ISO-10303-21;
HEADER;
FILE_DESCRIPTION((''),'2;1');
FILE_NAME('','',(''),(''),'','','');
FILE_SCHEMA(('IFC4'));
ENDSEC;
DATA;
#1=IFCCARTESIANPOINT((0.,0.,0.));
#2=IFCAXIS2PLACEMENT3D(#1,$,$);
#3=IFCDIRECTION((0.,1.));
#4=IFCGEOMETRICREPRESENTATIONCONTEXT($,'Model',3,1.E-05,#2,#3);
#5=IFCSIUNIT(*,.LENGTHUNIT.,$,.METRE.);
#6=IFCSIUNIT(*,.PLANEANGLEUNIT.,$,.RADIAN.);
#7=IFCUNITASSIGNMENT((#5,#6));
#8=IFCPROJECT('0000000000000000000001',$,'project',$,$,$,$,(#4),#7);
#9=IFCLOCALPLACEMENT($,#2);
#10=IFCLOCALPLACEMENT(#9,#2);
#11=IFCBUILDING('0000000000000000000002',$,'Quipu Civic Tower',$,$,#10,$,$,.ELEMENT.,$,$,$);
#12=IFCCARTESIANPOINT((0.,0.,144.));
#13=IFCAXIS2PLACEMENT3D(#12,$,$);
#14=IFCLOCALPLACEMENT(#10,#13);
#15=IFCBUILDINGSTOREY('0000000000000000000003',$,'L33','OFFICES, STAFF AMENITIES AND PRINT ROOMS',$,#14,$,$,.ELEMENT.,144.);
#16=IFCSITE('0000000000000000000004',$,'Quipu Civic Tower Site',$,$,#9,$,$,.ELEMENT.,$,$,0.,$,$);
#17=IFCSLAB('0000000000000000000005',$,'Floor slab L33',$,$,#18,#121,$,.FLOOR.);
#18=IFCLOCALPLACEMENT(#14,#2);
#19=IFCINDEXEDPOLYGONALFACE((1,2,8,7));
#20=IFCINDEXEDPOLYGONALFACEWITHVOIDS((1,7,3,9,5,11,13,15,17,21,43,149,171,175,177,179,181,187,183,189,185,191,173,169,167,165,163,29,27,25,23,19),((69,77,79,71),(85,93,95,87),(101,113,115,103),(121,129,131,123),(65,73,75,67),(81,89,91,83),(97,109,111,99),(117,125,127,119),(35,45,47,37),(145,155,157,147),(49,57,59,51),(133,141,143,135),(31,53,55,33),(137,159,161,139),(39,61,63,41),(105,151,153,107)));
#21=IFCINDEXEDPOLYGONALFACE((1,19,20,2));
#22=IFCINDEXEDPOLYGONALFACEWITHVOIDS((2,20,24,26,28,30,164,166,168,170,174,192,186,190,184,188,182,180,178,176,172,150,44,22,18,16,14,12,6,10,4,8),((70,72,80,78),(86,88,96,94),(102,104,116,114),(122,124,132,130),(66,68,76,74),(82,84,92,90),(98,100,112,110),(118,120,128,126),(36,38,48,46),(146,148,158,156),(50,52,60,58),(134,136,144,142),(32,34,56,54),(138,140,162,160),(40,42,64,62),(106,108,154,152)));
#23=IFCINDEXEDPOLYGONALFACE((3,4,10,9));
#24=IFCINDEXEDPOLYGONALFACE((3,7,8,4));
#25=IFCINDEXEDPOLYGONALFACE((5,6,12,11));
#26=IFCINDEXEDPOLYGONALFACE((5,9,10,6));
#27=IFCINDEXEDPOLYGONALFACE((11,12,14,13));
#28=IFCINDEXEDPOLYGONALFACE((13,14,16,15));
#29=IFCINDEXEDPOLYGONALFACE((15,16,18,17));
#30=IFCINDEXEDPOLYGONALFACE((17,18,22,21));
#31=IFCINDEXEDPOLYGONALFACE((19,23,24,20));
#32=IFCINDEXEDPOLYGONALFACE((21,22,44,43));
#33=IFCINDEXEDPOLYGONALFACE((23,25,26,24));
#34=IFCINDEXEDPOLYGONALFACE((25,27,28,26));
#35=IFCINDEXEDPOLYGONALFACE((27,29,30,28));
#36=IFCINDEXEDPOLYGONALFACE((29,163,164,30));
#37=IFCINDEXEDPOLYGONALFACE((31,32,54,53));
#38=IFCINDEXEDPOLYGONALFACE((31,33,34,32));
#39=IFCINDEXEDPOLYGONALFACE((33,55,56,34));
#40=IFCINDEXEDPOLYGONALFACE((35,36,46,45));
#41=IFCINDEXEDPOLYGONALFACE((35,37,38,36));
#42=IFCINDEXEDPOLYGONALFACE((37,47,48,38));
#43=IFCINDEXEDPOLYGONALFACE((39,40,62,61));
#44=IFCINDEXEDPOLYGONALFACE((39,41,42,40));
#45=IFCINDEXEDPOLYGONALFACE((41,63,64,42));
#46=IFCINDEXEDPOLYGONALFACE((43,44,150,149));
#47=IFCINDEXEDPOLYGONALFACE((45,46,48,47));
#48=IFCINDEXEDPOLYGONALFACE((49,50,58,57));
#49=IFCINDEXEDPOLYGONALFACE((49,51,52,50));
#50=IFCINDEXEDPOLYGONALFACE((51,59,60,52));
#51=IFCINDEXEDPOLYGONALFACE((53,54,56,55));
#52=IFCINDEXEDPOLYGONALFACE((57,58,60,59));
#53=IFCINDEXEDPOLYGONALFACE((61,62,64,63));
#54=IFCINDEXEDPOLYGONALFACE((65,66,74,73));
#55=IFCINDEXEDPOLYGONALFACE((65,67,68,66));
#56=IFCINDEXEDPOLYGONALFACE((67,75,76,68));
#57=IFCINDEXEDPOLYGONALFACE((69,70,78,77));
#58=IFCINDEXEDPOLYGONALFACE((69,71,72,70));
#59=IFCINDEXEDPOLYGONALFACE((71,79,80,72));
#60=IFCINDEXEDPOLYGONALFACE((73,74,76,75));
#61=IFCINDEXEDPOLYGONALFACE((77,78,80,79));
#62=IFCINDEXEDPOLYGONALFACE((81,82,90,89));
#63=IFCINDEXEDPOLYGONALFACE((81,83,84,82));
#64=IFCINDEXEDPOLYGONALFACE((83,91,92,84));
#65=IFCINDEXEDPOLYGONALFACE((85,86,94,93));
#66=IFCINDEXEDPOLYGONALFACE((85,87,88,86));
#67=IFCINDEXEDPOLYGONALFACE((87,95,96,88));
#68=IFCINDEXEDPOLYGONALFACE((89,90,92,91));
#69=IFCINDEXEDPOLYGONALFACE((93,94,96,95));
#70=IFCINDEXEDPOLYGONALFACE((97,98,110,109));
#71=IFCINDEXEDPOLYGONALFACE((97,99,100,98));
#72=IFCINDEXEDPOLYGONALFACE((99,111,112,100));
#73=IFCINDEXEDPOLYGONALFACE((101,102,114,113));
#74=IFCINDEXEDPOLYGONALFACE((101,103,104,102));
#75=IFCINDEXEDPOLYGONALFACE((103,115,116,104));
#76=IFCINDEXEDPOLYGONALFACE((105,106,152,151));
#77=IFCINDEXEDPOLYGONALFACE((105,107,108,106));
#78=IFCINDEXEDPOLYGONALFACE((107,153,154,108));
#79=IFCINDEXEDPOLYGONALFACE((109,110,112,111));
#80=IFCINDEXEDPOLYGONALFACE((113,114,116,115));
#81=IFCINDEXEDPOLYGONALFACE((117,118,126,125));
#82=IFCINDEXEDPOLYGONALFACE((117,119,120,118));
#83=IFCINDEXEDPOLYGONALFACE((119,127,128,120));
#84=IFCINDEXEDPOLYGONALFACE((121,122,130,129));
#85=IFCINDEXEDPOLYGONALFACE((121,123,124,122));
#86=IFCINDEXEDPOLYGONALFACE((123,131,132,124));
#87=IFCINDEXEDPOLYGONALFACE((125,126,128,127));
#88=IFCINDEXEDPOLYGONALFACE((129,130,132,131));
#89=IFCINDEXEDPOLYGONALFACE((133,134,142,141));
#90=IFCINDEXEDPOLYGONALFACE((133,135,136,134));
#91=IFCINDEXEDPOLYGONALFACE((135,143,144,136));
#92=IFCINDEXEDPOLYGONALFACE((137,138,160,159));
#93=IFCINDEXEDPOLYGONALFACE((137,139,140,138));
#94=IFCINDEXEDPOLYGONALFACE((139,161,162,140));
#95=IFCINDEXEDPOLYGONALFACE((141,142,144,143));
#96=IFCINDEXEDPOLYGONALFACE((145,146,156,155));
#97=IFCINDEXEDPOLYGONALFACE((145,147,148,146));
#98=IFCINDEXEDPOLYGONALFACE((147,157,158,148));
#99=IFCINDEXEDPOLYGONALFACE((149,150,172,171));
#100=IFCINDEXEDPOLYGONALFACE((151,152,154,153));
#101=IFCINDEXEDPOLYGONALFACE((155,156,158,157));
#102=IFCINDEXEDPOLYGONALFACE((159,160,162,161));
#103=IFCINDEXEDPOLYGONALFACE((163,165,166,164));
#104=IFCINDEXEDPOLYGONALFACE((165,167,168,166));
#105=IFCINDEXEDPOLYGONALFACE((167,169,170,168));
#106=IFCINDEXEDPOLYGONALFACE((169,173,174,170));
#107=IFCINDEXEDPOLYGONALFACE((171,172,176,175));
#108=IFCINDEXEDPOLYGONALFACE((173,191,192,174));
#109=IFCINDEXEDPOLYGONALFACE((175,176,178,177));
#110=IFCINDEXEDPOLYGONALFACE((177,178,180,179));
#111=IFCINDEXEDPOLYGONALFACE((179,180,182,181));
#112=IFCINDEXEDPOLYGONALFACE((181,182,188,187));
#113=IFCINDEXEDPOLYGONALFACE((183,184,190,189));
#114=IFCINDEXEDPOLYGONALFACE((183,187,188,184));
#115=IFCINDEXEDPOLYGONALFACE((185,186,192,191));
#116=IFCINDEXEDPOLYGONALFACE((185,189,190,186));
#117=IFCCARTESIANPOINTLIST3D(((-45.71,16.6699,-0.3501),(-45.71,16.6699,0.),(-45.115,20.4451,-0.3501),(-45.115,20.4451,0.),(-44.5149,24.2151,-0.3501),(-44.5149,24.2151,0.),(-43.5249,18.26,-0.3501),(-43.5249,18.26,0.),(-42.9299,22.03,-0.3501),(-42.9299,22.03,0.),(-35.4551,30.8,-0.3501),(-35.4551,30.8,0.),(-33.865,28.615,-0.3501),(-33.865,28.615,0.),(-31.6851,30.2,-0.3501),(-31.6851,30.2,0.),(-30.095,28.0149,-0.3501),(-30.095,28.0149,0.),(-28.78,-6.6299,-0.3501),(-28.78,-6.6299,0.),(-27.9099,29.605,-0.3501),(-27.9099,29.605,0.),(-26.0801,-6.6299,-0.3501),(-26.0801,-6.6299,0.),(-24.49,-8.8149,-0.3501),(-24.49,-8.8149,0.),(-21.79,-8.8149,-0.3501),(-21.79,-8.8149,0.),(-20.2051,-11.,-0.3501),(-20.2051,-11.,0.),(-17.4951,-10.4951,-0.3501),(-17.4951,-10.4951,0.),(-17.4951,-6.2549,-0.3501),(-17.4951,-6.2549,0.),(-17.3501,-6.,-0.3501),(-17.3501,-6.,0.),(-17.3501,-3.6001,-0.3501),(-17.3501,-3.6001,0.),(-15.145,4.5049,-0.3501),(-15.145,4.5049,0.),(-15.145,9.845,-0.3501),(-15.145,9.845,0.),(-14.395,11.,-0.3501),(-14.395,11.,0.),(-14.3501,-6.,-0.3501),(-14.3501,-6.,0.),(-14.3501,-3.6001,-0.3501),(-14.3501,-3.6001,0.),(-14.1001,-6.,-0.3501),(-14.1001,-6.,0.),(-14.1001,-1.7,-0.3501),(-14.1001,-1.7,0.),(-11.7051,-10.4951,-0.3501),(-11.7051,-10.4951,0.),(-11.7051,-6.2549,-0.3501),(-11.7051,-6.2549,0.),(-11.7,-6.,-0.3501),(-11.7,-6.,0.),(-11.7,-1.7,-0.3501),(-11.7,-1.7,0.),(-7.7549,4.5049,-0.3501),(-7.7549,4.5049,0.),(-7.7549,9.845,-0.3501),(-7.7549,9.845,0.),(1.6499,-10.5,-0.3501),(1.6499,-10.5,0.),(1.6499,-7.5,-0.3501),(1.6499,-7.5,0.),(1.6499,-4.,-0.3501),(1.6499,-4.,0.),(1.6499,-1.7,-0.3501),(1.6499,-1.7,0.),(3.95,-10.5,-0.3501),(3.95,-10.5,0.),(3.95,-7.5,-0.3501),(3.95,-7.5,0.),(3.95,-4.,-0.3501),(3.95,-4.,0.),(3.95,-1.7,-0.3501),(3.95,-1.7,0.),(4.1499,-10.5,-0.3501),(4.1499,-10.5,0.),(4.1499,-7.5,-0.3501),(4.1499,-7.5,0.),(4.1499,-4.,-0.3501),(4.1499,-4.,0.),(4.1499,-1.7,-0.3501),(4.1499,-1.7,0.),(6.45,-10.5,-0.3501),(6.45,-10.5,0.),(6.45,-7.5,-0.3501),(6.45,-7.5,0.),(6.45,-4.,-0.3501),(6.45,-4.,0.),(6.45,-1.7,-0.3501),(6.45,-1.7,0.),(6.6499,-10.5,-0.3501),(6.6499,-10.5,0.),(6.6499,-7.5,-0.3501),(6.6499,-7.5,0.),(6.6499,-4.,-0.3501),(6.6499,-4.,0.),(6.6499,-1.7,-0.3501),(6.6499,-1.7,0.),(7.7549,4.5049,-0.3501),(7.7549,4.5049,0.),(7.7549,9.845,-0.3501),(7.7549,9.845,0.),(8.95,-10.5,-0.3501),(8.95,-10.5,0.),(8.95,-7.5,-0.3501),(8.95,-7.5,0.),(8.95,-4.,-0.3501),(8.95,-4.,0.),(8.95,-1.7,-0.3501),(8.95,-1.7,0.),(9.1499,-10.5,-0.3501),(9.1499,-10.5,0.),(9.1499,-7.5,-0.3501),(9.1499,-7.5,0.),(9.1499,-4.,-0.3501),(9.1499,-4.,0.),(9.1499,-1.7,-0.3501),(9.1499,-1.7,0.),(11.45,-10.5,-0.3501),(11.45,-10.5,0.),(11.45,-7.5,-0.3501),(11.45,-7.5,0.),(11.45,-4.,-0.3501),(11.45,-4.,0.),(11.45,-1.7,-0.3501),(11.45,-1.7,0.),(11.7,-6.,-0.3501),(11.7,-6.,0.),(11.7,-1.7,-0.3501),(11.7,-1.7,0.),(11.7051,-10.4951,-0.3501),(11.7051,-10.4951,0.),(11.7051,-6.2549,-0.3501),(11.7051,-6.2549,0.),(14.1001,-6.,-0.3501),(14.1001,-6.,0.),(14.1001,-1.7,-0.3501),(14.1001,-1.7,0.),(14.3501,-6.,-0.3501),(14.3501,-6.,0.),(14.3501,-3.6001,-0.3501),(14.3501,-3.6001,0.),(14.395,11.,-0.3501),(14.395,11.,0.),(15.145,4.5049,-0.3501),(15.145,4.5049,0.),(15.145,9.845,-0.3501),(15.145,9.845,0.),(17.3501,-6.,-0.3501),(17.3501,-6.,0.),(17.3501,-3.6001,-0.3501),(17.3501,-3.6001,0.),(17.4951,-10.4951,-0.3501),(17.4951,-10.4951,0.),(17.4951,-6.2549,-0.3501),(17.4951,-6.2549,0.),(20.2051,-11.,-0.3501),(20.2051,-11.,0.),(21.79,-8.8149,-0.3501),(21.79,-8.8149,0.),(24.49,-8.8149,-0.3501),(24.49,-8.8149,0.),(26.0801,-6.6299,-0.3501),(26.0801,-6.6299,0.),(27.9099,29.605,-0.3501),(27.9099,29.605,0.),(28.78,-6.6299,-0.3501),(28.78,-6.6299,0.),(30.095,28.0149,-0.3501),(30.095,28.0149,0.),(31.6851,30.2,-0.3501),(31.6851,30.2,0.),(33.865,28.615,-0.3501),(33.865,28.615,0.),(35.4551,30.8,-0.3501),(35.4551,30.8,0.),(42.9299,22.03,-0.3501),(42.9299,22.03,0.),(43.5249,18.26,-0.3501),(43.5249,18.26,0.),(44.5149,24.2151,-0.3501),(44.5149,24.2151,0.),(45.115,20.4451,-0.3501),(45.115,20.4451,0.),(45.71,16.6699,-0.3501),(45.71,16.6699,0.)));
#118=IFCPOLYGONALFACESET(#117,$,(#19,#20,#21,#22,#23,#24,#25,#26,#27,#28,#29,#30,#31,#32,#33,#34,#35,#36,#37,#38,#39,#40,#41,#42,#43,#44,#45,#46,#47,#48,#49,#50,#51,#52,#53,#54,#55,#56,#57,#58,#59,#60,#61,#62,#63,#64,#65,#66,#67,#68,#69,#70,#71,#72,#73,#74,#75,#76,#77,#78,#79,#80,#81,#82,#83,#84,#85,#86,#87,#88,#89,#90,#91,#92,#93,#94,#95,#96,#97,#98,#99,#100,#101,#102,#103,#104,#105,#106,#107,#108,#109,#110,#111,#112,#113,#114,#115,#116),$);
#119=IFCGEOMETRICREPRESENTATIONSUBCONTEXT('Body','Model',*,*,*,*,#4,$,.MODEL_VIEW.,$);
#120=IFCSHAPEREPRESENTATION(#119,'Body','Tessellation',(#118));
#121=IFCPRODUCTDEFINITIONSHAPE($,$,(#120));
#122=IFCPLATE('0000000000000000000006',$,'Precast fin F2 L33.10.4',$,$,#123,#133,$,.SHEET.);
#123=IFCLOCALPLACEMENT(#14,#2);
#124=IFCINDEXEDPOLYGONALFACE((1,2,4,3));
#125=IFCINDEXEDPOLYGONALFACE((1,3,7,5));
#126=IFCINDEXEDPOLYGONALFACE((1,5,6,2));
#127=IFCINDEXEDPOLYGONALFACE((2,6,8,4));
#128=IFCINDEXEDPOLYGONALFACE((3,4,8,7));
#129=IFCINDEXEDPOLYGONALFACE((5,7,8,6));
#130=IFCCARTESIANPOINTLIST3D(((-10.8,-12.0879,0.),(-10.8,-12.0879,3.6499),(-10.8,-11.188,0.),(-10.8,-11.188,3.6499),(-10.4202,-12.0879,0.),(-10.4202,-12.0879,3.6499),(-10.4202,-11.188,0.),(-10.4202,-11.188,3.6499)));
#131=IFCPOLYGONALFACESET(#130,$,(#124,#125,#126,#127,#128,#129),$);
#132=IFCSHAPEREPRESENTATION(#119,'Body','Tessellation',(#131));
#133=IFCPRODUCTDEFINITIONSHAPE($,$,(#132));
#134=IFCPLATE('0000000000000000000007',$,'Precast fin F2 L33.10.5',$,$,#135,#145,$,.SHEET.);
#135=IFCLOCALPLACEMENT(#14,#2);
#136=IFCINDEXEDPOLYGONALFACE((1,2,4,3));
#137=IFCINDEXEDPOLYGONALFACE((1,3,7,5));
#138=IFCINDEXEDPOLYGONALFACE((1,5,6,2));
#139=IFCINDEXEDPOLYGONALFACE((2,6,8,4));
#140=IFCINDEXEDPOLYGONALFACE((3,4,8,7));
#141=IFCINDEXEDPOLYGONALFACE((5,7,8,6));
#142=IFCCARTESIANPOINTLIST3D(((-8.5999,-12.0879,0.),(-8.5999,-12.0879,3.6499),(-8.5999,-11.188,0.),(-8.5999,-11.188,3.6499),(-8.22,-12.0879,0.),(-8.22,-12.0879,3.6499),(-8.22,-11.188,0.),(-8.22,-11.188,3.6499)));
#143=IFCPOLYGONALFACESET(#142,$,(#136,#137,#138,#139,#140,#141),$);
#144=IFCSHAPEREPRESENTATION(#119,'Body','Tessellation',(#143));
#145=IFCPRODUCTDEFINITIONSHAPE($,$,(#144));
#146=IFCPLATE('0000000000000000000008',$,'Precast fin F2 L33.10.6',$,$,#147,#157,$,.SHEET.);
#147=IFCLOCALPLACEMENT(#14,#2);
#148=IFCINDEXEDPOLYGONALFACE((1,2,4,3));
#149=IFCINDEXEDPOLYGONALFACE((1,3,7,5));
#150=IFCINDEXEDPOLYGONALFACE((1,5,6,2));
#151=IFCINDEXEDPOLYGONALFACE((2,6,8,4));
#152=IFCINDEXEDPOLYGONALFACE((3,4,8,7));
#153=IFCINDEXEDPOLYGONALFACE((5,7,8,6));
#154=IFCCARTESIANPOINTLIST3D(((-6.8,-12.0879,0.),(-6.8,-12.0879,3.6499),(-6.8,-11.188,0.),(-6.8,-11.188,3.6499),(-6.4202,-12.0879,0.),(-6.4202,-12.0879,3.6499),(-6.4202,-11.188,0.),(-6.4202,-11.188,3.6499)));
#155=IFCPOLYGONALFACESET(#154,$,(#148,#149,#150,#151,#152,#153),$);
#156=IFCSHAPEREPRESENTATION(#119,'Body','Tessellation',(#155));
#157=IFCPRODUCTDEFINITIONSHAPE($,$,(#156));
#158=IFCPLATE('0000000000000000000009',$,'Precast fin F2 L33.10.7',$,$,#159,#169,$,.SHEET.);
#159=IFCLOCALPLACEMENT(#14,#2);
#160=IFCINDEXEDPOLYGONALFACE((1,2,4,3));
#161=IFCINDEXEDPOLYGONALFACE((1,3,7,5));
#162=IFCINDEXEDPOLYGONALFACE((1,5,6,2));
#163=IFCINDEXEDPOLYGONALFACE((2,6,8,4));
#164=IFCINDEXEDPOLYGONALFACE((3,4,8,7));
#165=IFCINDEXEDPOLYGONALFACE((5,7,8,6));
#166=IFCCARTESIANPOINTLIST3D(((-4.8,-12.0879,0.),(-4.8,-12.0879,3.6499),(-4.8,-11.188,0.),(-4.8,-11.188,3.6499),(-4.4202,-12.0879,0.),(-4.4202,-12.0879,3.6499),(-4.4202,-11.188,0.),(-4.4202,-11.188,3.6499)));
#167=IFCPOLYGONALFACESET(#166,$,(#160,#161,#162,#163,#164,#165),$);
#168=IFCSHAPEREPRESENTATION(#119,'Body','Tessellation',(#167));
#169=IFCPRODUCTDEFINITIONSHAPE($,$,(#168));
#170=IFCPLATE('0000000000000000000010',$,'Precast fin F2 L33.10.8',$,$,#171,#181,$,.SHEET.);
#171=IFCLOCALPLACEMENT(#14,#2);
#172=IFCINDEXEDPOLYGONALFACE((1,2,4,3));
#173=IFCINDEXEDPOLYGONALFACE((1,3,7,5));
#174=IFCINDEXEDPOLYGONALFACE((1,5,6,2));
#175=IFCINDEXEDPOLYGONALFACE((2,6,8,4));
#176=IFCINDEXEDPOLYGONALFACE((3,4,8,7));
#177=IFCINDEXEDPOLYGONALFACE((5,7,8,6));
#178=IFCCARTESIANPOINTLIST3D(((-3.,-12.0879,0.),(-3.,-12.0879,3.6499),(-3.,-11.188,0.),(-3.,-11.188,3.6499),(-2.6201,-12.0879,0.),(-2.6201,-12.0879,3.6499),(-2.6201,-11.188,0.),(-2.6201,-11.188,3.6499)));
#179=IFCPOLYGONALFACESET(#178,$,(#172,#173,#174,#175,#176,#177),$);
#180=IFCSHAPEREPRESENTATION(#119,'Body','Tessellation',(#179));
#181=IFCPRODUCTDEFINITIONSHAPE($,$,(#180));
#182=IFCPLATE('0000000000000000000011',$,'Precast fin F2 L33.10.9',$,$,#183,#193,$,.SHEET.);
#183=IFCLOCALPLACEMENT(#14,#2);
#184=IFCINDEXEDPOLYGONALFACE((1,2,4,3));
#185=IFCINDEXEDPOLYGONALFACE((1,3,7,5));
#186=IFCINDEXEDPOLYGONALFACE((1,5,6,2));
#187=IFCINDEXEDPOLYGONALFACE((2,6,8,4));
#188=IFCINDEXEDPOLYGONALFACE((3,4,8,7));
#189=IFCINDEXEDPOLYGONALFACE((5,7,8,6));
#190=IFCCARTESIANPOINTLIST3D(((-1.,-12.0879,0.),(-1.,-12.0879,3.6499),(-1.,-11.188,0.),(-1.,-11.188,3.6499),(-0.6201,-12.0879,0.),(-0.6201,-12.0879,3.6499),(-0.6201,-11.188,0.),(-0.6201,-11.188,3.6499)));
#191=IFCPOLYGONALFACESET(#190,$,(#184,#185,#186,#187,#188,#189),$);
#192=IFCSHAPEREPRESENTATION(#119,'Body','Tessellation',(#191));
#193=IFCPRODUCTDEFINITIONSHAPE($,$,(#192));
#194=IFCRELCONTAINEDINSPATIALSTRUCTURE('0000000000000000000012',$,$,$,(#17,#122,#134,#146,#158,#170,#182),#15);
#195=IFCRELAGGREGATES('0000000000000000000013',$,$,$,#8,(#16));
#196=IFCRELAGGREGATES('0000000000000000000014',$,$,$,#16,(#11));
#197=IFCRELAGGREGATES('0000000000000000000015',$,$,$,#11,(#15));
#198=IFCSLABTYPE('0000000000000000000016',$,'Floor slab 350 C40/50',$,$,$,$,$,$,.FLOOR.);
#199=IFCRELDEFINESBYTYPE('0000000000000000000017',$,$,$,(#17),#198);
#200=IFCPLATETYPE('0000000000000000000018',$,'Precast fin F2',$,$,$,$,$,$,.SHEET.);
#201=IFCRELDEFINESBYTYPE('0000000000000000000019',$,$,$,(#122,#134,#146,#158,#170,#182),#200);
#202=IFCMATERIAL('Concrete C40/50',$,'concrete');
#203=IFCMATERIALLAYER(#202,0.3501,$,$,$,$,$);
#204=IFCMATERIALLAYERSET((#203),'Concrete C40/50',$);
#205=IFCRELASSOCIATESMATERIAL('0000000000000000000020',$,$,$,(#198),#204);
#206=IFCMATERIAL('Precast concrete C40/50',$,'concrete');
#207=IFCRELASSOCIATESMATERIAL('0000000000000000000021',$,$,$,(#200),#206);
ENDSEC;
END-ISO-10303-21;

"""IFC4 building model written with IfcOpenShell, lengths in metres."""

from ifc_helpers import new_model, si_unit, direction, frame, origin, origin_2d, place, context, subcontext, project, spatial, polyline, rectangle, outline, extrude, material, layer, layer_set, type_object, element, save


model = new_model("IFC4")

# Units and contexts
model_context = context("Model", 3, precision=1e-05, world=origin(), true_north=direction((0.0, 1.0)))
body_context = subcontext(model_context, "Body", "Model", "MODEL_VIEW")
ifc_project = project(units=[si_unit("LENGTHUNIT", "METRE"), si_unit("PLANEANGLEUNIT", "RADIAN")], contexts=[model_context])

# Site, building, storey
site_placement = place(None, origin())
site = spatial("IfcSite", under=ifc_project, at=site_placement, Name="Quipu Civic Tower Site", CompositionType="ELEMENT", RefElevation=0.0)
building_placement = place(site_placement, origin())
building = spatial("IfcBuilding", under=site, at=building_placement, Name="Quipu Civic Tower", CompositionType="ELEMENT")
storey_placement = place(building_placement, frame((0.0, 0.0, 144.0)))
storey = spatial("IfcBuildingStorey", under=building, at=storey_placement, Name="L33", Description="OFFICES, STAFF AMENITIES AND PRINT ROOMS", CompositionType="ELEMENT", Elevation=144.0)

# Slab
ifc_material_1 = material(Name="Concrete C40/50", Category="concrete")
ifc_layer_1 = layer(ifc_material_1, 0.3501)
ifc_layer_set_1 = layer_set([ifc_layer_1], Name="Concrete C40/50")
slab_type_1 = type_object("IfcSlabType", Name="Floor slab 350 C40/50", PredefinedType="FLOOR", material=ifc_layer_set_1)
slab_1_placement = place(storey_placement, frame((0.0, 0.0, -0.3501)))
element("IfcSlab", 1, at=slab_1_placement, inside=storey, type_object=slab_type_1, Name="Floor slab L33", PredefinedType="FLOOR", context=body_context, shape_type="SweptSolid", body=[
    extrude(outline(polyline([(27.9099, 29.605), (30.095, 28.0149), (31.6851, 30.2), (33.865, 28.615), (35.4551, 30.8), (44.5149, 24.2151), (42.9299, 22.03), (45.115, 20.4451), (43.5249, 18.26), (45.71, 16.6699), (28.78, -6.6299), (26.0801, -6.6299), (24.49, -8.8149), (21.79, -8.8149), (20.2051, -11.0), (-20.2051, -11.0), (-21.79, -8.8149), (-24.49, -8.8149), (-26.0801, -6.6299), (-28.78, -6.6299), (-45.71, 16.6699), (-43.5249, 18.26), (-45.115, 20.4451), (-42.9299, 22.03), (-44.5149, 24.2151), (-35.4551, 30.8), (-33.865, 28.615), (-31.6851, 30.2), (-30.095, 28.0149), (-27.9099, 29.605), (-14.395, 11.0), (14.395, 11.0), (27.9099, 29.605)]), holes=[polyline([(1.6499, -7.5), (1.6499, -10.5), (3.95, -10.5), (3.95, -7.5), (1.6499, -7.5)]), polyline([(4.1499, -7.5), (4.1499, -10.5), (6.45, -10.5), (6.45, -7.5), (4.1499, -7.5)]), polyline([(-11.7051, -6.2549), (-17.4951, -6.2549), (-17.4951, -10.4951), (-11.7051, -10.4951), (-11.7051, -6.2549)]), polyline([(-17.3501, -3.6001), (-17.3501, -6.0), (-14.3501, -6.0), (-14.3501, -3.6001), (-17.3501, -3.6001)]), polyline([(-14.1001, -1.7), (-14.1001, -6.0), (-11.7, -6.0), (-11.7, -1.7), (-14.1001, -1.7)]), polyline([(1.6499, -1.7), (1.6499, -4.0), (3.95, -4.0), (3.95, -1.7), (1.6499, -1.7)]), polyline([(4.1499, -1.7), (4.1499, -4.0), (6.45, -4.0), (6.45, -1.7), (4.1499, -1.7)]), polyline([(-7.7549, 9.845), (-15.145, 9.845), (-15.145, 4.5049), (-7.7549, 4.5049), (-7.7549, 9.845)]), polyline([(6.6499, -7.5), (6.6499, -10.5), (8.95, -10.5), (8.95, -7.5), (6.6499, -7.5)]), polyline([(9.1499, -7.5), (9.1499, -10.5), (11.45, -10.5), (11.45, -7.5), (9.1499, -7.5)]), polyline([(11.7051, -10.4951), (17.4951, -10.4951), (17.4951, -6.2549), (11.7051, -6.2549), (11.7051, -10.4951)]), polyline([(14.3501, -3.6001), (14.3501, -6.0), (17.3501, -6.0), (17.3501, -3.6001), (14.3501, -3.6001)]), polyline([(11.7, -1.7), (11.7, -6.0), (14.1001, -6.0), (14.1001, -1.7), (11.7, -1.7)]), polyline([(6.6499, -1.7), (6.6499, -4.0), (8.95, -4.0), (8.95, -1.7), (6.6499, -1.7)]), polyline([(9.1499, -1.7), (9.1499, -4.0), (11.45, -4.0), (11.45, -1.7), (9.1499, -1.7)]), polyline([(7.7549, 4.5049), (15.145, 4.5049), (15.145, 9.845), (7.7549, 9.845), (7.7549, 4.5049)])]), origin(), (0.0, 0.0, 1.0), 0.3501),
])

# Plates
ifc_material_2 = material(Name="Precast concrete C40/50", Category="concrete")
plate_type = type_object("IfcPlateType", Name="Precast fin F2", PredefinedType="SHEET", material=ifc_material_2)
for number, where, z_axis, x_axis, name in (
    (2, (-10.6101, -11.6379, 0.0), (0.0, 0.0, 1.0), (1.0, 0.0, 0.0), "Precast fin F2 L33.10.4"),
    (3, (-8.4099, -11.6379, 0.0), (0.0, 0.0, 1.0), (1.0, 0.0, 0.0), "Precast fin F2 L33.10.5"),
    (4, (-6.6101, -11.6379, 0.0), (0.0, 0.0, 1.0), (1.0, 0.0, 0.0), "Precast fin F2 L33.10.6"),
    (5, (-4.6101, -11.6379, 0.0), (0.0, 0.0, 1.0), (1.0, 0.0, 0.0), "Precast fin F2 L33.10.7"),
    (6, (-2.8101, -11.6379, 0.0), (0.0, 0.0, 1.0), (1.0, 0.0, 0.0), "Precast fin F2 L33.10.8"),
    (7, (-0.8101, -11.6379, 0.0), (0.0, 0.0, 1.0), (1.0, 0.0, 0.0), "Precast fin F2 L33.10.9"),
):
    element("IfcPlate", number, at=place(storey_placement, frame(where, z_axis=z_axis, x_axis=x_axis)), inside=storey, type_object=plate_type, Name=name, PredefinedType="SHEET", context=body_context, shape_type="SweptSolid", body=[
        extrude(rectangle(XDim=0.3799, YDim=0.8999, at=origin_2d()), origin(), (0.0, 0.0, 1.0), 3.6499),
    ])

save(model, "model.ifc")
